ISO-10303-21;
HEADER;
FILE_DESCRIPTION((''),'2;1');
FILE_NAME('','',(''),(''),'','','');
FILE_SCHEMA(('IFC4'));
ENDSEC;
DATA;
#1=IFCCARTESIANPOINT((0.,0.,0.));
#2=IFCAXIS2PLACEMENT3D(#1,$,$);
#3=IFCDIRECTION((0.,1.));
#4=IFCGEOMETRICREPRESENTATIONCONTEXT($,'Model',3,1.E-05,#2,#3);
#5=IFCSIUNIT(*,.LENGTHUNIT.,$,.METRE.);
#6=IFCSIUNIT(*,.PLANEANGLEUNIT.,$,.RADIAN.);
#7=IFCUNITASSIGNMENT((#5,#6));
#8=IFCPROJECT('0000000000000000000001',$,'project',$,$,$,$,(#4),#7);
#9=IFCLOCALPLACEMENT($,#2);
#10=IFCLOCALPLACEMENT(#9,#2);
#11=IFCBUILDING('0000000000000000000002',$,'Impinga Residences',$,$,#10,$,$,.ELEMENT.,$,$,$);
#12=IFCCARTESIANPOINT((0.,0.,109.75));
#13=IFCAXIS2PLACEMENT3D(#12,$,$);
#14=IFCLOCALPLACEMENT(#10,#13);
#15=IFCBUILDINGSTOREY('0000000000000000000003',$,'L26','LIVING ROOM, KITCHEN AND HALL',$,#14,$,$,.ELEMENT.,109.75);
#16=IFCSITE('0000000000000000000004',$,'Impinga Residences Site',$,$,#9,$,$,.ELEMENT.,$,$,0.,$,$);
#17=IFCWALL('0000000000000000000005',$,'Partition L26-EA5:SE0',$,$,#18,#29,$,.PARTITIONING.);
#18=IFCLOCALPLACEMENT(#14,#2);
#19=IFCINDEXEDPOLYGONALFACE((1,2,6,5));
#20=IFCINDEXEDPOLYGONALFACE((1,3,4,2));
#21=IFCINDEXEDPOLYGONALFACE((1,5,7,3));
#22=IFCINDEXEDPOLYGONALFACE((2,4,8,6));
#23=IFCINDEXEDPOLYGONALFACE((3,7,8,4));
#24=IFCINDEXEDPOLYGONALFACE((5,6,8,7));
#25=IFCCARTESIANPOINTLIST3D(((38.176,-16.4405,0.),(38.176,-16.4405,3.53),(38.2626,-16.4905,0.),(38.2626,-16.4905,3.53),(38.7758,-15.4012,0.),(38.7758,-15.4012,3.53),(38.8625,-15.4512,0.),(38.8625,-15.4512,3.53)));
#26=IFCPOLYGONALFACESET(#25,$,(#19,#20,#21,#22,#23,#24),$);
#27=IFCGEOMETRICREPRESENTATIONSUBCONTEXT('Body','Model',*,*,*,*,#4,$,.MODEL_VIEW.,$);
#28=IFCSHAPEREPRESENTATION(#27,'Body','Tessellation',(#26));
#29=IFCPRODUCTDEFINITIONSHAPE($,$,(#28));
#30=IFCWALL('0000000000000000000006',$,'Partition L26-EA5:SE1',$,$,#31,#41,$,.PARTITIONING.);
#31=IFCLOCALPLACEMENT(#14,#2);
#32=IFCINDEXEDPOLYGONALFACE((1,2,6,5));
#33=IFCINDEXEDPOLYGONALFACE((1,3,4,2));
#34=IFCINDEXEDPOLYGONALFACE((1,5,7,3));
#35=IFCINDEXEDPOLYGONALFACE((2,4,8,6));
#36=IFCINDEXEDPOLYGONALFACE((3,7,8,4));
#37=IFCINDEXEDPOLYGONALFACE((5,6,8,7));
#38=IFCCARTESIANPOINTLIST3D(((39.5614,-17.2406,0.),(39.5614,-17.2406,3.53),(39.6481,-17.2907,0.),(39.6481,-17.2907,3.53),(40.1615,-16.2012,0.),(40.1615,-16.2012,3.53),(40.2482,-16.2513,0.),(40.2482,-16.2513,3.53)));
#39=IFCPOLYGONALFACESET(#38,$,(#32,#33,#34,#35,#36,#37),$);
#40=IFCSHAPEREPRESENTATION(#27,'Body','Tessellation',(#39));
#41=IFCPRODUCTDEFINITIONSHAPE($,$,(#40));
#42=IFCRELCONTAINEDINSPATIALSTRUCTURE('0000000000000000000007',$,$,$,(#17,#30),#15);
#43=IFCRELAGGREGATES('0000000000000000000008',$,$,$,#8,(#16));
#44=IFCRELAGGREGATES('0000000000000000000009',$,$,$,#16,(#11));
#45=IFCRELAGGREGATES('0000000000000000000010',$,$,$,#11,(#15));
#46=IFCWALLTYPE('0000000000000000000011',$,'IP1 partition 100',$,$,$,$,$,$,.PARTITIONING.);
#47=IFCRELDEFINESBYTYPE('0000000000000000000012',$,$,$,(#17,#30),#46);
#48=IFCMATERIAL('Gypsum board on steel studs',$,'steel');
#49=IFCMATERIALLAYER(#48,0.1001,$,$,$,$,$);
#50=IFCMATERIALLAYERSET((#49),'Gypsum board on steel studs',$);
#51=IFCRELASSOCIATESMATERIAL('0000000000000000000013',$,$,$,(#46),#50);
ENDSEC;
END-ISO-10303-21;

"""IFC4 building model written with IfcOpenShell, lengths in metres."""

from ifc_helpers import new_model, si_unit, direction, frame, frame_2d, origin, place, context, subcontext, project, spatial, rectangle, extrude, material, layer, layer_set, type_object, element, save


model = new_model("IFC4")

# Units and contexts
model_context = context("Model", 3, precision=1e-05, world=origin(), true_north=direction((0.0, 1.0)))
body_context = subcontext(model_context, "Body", "Model", "MODEL_VIEW")
ifc_project = project(units=[si_unit("LENGTHUNIT", "METRE"), si_unit("PLANEANGLEUNIT", "RADIAN")], contexts=[model_context])

# Site, building, storey
site_placement = place(None, origin())
site = spatial("IfcSite", under=ifc_project, at=site_placement, Name="Impinga Residences Site", CompositionType="ELEMENT", RefElevation=0.0)
building_placement = place(site_placement, origin())
building = spatial("IfcBuilding", under=site, at=building_placement, Name="Impinga Residences", CompositionType="ELEMENT")
storey_placement = place(building_placement, frame((0.0, 0.0, 109.75)))
storey = spatial("IfcBuildingStorey", under=building, at=storey_placement, Name="L26", Description="LIVING ROOM, KITCHEN AND HALL", CompositionType="ELEMENT", Elevation=109.75)

# Shared definitions
ifc_material_1 = material(Name="Gypsum board on steel studs", Category="steel")
ifc_layer_1 = layer(ifc_material_1, 0.1001)
ifc_layer_set_1 = layer_set([ifc_layer_1], Name="Gypsum board on steel studs")
wall_type_1 = type_object("IfcWallType", Name="IP1 partition 100", PredefinedType="PARTITIONING", material=ifc_layer_set_1)

# Walls
wall_1_placement = place(storey_placement, frame((38.2192, -16.4656, 0.0), z_axis=(0.0, 0.0, 1.0), x_axis=(0.499881, 0.866094, 0.0)))
element("IfcWall", 1, at=wall_1_placement, inside=storey, type_object=wall_type_1, Name="Partition L26-EA5:SE0", PredefinedType="PARTITIONING", context=body_context, shape_type="SweptSolid", body=[
    extrude(rectangle(XDim=1.2, YDim=0.1001, at=frame_2d((0.6001, 0.0))), origin(), (0.0, 0.0, 1.0), 3.53),
])
wall_2_placement = place(storey_placement, frame((39.6047, -17.2656, 0.0), z_axis=(0.0, 0.0, 1.0), x_axis=(0.500034, 0.866006, 0.0)))
element("IfcWall", 2, at=wall_2_placement, inside=storey, type_object=wall_type_1, Name="Partition L26-EA5:SE1", PredefinedType="PARTITIONING", context=body_context, shape_type="SweptSolid", body=[
    extrude(rectangle(XDim=1.2002, YDim=0.1001, at=frame_2d((0.6001, 0.0))), origin(), (0.0, 0.0, 1.0), 3.53),
])

save(model, "model.ifc")
